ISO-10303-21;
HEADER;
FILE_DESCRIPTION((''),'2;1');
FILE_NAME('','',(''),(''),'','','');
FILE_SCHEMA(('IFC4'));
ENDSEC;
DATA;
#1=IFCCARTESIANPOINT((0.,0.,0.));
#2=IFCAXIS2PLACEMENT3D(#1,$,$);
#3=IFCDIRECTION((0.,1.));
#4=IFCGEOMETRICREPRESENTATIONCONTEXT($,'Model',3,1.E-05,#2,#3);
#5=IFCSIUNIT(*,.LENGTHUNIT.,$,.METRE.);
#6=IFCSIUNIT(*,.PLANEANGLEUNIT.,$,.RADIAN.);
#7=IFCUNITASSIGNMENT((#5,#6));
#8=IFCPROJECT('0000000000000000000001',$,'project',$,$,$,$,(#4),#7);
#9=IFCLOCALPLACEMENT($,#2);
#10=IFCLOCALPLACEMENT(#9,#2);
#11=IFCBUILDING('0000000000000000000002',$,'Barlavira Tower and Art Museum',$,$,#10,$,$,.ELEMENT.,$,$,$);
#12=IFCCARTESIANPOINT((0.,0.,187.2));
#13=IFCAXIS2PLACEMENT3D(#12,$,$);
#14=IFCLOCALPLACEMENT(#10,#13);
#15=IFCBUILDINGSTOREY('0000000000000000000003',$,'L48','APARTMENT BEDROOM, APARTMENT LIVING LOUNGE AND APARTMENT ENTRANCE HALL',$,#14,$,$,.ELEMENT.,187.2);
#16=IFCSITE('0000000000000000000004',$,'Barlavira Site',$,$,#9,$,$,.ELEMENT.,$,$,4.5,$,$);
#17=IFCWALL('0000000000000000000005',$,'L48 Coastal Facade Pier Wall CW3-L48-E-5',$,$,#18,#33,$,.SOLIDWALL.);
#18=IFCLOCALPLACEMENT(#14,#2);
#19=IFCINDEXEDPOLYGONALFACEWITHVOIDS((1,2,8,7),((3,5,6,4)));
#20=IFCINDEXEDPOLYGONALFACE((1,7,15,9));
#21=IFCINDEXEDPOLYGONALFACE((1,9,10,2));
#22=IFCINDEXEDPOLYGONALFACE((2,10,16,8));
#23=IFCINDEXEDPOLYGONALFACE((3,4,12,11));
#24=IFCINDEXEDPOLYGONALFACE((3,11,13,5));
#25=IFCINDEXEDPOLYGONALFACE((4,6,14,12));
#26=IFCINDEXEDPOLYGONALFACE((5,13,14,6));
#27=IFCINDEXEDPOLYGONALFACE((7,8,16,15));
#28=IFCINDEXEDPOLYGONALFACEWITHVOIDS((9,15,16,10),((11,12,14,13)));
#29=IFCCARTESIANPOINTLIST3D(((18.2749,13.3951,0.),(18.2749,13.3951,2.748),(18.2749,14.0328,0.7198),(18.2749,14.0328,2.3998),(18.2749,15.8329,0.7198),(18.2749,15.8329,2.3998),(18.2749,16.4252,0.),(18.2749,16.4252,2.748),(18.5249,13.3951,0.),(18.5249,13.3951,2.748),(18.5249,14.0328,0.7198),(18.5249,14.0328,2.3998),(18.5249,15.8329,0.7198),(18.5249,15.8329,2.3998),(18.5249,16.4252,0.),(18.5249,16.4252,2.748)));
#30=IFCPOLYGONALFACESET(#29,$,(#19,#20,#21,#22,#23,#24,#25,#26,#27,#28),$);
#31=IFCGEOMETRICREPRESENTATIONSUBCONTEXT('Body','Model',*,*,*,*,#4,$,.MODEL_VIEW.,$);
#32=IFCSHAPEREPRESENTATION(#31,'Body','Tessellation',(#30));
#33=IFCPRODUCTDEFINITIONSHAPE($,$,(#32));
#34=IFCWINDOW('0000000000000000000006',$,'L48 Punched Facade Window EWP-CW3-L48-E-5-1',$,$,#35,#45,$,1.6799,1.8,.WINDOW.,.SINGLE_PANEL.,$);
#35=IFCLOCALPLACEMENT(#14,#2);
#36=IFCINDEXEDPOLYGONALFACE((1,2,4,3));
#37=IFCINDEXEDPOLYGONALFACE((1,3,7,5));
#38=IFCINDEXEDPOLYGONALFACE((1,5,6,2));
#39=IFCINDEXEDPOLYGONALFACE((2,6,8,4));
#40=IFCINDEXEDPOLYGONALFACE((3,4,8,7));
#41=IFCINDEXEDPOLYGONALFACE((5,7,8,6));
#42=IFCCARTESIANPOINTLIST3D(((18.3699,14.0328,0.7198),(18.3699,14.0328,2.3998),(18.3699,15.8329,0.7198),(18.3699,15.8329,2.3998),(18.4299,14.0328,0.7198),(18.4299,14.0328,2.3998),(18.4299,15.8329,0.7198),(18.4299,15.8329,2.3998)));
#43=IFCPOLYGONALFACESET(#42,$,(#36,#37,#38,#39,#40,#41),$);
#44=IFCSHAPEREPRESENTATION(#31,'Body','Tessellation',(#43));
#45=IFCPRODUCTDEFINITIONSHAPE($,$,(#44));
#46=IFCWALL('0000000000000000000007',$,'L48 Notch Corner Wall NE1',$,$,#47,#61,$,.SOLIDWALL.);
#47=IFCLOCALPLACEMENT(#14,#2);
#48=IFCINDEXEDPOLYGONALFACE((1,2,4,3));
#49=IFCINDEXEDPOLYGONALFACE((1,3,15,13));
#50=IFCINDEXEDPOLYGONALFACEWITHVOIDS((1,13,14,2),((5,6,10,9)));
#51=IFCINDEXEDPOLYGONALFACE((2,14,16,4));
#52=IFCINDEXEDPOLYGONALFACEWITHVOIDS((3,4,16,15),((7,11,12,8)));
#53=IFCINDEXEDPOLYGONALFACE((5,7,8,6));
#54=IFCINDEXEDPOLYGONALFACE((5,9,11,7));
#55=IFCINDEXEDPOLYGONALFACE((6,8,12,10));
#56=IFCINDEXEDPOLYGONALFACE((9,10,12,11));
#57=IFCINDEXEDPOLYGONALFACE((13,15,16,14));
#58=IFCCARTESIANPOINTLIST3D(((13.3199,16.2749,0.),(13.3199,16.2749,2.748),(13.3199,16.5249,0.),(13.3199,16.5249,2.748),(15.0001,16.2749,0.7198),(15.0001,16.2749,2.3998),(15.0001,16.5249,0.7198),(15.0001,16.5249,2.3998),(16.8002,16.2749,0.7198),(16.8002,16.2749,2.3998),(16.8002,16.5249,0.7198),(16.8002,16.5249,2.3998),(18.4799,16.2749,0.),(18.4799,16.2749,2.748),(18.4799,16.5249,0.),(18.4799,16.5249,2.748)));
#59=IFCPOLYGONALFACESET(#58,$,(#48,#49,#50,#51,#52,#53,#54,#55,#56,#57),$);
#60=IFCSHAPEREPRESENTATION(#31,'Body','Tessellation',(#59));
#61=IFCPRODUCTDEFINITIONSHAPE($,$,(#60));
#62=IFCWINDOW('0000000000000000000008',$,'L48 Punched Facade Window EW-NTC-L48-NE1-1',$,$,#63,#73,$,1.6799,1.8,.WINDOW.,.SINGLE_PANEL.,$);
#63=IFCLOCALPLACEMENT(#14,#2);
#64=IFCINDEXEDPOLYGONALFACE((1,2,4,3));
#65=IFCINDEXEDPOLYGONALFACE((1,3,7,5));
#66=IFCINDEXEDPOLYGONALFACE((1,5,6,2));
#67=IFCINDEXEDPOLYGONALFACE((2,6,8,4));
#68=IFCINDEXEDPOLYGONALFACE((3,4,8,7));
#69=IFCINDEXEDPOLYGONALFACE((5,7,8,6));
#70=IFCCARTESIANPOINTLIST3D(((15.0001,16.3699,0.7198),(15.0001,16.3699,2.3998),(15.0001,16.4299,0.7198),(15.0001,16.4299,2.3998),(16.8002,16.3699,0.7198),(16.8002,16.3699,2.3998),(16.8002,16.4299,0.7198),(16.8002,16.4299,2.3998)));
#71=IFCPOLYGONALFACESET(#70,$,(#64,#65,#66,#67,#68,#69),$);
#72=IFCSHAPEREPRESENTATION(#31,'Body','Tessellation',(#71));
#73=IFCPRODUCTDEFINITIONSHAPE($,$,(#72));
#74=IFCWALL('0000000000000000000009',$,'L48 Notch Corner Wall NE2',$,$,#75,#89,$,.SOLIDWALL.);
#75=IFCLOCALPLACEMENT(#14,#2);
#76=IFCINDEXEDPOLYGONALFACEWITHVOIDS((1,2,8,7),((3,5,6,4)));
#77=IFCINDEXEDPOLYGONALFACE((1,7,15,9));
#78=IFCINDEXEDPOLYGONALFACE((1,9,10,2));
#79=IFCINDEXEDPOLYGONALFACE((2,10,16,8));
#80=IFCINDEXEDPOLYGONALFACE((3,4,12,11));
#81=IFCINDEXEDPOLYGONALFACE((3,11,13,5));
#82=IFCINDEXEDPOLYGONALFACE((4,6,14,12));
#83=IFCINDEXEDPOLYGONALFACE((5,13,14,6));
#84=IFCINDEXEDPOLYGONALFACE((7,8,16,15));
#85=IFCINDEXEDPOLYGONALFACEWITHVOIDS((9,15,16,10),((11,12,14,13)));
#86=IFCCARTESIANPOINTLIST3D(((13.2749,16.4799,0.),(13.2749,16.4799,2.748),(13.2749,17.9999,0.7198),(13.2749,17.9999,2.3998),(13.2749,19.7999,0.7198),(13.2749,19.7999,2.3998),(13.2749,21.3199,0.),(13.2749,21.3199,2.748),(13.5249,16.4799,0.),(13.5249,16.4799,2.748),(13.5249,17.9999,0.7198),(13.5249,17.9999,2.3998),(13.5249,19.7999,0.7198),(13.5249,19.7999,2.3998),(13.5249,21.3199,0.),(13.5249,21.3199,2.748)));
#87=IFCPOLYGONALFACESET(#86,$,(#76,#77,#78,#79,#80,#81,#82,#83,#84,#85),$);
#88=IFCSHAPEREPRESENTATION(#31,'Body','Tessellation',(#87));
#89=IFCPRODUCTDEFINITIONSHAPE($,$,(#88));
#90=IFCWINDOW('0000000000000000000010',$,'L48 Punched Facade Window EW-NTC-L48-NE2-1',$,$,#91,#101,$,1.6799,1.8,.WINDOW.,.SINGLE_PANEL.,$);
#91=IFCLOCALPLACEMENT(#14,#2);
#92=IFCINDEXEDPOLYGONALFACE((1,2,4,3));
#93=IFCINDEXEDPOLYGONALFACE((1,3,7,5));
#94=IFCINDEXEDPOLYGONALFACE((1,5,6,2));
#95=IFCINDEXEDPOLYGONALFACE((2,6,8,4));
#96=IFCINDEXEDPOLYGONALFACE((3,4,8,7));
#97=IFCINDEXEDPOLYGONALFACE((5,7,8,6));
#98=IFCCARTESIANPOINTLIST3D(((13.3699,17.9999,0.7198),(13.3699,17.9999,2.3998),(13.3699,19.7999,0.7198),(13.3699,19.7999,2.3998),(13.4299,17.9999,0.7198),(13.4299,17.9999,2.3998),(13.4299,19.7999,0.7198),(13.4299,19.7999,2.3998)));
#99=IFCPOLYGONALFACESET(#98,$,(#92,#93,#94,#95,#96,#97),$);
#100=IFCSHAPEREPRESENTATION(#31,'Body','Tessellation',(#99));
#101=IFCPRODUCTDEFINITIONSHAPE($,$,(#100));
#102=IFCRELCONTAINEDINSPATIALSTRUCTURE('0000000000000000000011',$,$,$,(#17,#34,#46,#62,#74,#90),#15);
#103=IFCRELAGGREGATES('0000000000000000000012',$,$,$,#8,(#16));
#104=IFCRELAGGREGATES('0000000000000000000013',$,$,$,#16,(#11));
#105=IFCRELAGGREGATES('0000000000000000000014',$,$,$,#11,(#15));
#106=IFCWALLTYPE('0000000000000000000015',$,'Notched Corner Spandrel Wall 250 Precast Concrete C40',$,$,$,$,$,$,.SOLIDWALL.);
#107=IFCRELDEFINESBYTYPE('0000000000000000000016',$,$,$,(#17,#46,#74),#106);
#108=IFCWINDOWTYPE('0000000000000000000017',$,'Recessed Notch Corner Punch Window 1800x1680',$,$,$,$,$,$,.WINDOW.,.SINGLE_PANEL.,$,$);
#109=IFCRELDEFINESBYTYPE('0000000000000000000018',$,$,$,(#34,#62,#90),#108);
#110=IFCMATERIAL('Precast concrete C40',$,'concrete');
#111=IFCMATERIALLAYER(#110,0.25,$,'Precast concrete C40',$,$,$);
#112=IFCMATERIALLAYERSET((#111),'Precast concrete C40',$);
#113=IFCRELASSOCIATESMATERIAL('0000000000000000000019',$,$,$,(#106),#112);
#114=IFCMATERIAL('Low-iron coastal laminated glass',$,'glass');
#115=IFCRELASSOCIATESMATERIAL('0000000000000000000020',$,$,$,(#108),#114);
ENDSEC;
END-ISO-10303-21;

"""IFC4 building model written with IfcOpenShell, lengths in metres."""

from ifc_helpers import new_model, si_unit, direction, frame, frame_2d, origin, place, context, subcontext, project, spatial, rectangle, extrude, material, layer, layer_set, type_object, element, fill, save


model = new_model("IFC4")

# Units and contexts
model_context = context("Model", 3, precision=1e-05, world=origin(), true_north=direction((0.0, 1.0)))
body_context = subcontext(model_context, "Body", "Model", "MODEL_VIEW")
ifc_project = project(units=[si_unit("LENGTHUNIT", "METRE"), si_unit("PLANEANGLEUNIT", "RADIAN")], contexts=[model_context])

# Site, building, storey
site_placement = place(None, origin())
site = spatial("IfcSite", under=ifc_project, at=site_placement, Name="Barlavira Site", CompositionType="ELEMENT", RefElevation=4.5)
building_placement = place(site_placement, origin())
building = spatial("IfcBuilding", under=site, at=building_placement, Name="Barlavira Tower and Art Museum", CompositionType="ELEMENT")
storey_placement = place(building_placement, frame((0.0, 0.0, 187.2)))
storey = spatial("IfcBuildingStorey", under=building, at=storey_placement, Name="L48", Description="APARTMENT BEDROOM, APARTMENT LIVING LOUNGE AND APARTMENT ENTRANCE HALL", CompositionType="ELEMENT", Elevation=187.2)

# Walls, openings, windows
ifc_material_1 = material(Name="Precast concrete C40", Category="concrete")
ifc_layer_1 = layer(ifc_material_1, 0.25, Name="Precast concrete C40")
ifc_layer_set_1 = layer_set([ifc_layer_1], Name="Precast concrete C40")
wall_type_1 = type_object("IfcWallType", Name="Notched Corner Spandrel Wall 250 Precast Concrete C40", PredefinedType="SOLIDWALL", material=ifc_layer_set_1)
ifc_material_2 = material(Name="Low-iron coastal laminated glass", Category="glass")
window_type_1 = type_object("IfcWindowType", Name="Recessed Notch Corner Punch Window 1800x1680", PartitioningType="SINGLE_PANEL", PredefinedType="WINDOW", material=ifc_material_2)
wall_1_placement = place(storey_placement, frame((18.3999, 13.395, 0.0), z_axis=(0.0, 0.0, 1.0), x_axis=(0.0, 1.0, 0.0)))
wall_1 = element("IfcWall", 1, at=wall_1_placement, inside=storey, type_object=wall_type_1, Name="L48 Coastal Facade Pier Wall CW3-L48-E-5", PredefinedType="SOLIDWALL", context=body_context, shape_type="SweptSolid", body=[
    extrude(rectangle(XDim=3.03, YDim=0.25, at=frame_2d((1.5151, 0.0))), origin(), (0.0, 0.0, 1.0), 2.748),
])
opening_1_placement = place(wall_1_placement, frame((0.6379, 0.0, 0.72)))
opening_1 = element("IfcOpeningElement", 2, at=opening_1_placement, cuts=wall_1, PredefinedType="OPENING", context=body_context, shape_type="SweptSolid", body=[
    extrude(rectangle(XDim=1.8, YDim=1.6799, at=frame_2d((0.8999, 0.8398))), frame((0.0, 0.135, 0.0), z_axis=(0.0, -1.0, 0.0), x_axis=(1.0, 0.0, 0.0)), (0.0, 0.0, 1.0), 0.27),
])
window_1_placement = place(opening_1_placement, origin())
window_1 = element("IfcWindow", 3, at=window_1_placement, inside=storey, type_object=window_type_1, Name="L48 Punched Facade Window EWP-CW3-L48-E-5-1", OverallHeight=1.6799, OverallWidth=1.8, PartitioningType="SINGLE_PANEL", PredefinedType="WINDOW", context=body_context, shape_type="SweptSolid", body=[
    extrude(rectangle(XDim=1.8, YDim=1.6799, at=frame_2d((0.8999, 0.8398))), frame((0.0, 0.03, 0.0), z_axis=(0.0, -1.0, 0.0), x_axis=(1.0, 0.0, 0.0)), (0.0, 0.0, 1.0), 0.0601),
])
fill(opening_1, window_1)
wall_2_placement = place(storey_placement, frame((18.48, 16.3999, 0.0), z_axis=(0.0, 0.0, 1.0), x_axis=(-1.0, 0.0, 0.0)))
wall_2 = element("IfcWall", 4, at=wall_2_placement, inside=storey, type_object=wall_type_1, Name="L48 Notch Corner Wall NE1", PredefinedType="SOLIDWALL", context=body_context, shape_type="SweptSolid", body=[
    extrude(rectangle(XDim=5.1599, YDim=0.25, at=frame_2d((2.5801, 0.0))), origin(), (0.0, 0.0, 1.0), 2.748),
])
opening_2_placement = place(wall_2_placement, frame((1.6799, 0.0, 0.72)))
opening_2 = element("IfcOpeningElement", 5, at=opening_2_placement, cuts=wall_2, PredefinedType="OPENING", context=body_context, shape_type="SweptSolid", body=[
    extrude(rectangle(XDim=1.8, YDim=1.6799, at=frame_2d((0.8999, 0.8398))), frame((0.0, 0.135, 0.0), z_axis=(0.0, -1.0, 0.0), x_axis=(1.0, 0.0, 0.0)), (0.0, 0.0, 1.0), 0.27),
])
window_2_placement = place(opening_2_placement, origin())
window_2 = element("IfcWindow", 6, at=window_2_placement, inside=storey, type_object=window_type_1, Name="L48 Punched Facade Window EW-NTC-L48-NE1-1", OverallHeight=1.6799, OverallWidth=1.8, PartitioningType="SINGLE_PANEL", PredefinedType="WINDOW", context=body_context, shape_type="SweptSolid", body=[
    extrude(rectangle(XDim=1.8, YDim=1.6799, at=frame_2d((0.8999, 0.8398))), frame((0.0, 0.03, 0.0), z_axis=(0.0, -1.0, 0.0), x_axis=(1.0, 0.0, 0.0)), (0.0, 0.0, 1.0), 0.0601),
])
fill(opening_2, window_2)
wall_3_placement = place(storey_placement, frame((13.3999, 16.48, 0.0), z_axis=(0.0, 0.0, 1.0), x_axis=(0.0, 1.0, 0.0)))
wall_3 = element("IfcWall", 7, at=wall_3_placement, inside=storey, type_object=wall_type_1, Name="L48 Notch Corner Wall NE2", PredefinedType="SOLIDWALL", context=body_context, shape_type="SweptSolid", body=[
    extrude(rectangle(XDim=4.8401, YDim=0.25, at=frame_2d((2.4199, 0.0))), origin(), (0.0, 0.0, 1.0), 2.748),
])
opening_3_placement = place(wall_3_placement, frame((1.52, 0.0, 0.72)))
opening_3 = element("IfcOpeningElement", 8, at=opening_3_placement, cuts=wall_3, PredefinedType="OPENING", context=body_context, shape_type="SweptSolid", body=[
    extrude(rectangle(XDim=1.8, YDim=1.6799, at=frame_2d((0.8999, 0.8398))), frame((0.0, 0.135, 0.0), z_axis=(0.0, -1.0, 0.0), x_axis=(1.0, 0.0, 0.0)), (0.0, 0.0, 1.0), 0.27),
])
window_3_placement = place(opening_3_placement, origin())
window_3 = element("IfcWindow", 9, at=window_3_placement, inside=storey, type_object=window_type_1, Name="L48 Punched Facade Window EW-NTC-L48-NE2-1", OverallHeight=1.6799, OverallWidth=1.8, PartitioningType="SINGLE_PANEL", PredefinedType="WINDOW", context=body_context, shape_type="SweptSolid", body=[
    extrude(rectangle(XDim=1.8, YDim=1.6799, at=frame_2d((0.8999, 0.8398))), frame((0.0, 0.03, 0.0), z_axis=(0.0, -1.0, 0.0), x_axis=(1.0, 0.0, 0.0)), (0.0, 0.0, 1.0), 0.0601),
])
fill(opening_3, window_3)

save(model, "model.ifc")
